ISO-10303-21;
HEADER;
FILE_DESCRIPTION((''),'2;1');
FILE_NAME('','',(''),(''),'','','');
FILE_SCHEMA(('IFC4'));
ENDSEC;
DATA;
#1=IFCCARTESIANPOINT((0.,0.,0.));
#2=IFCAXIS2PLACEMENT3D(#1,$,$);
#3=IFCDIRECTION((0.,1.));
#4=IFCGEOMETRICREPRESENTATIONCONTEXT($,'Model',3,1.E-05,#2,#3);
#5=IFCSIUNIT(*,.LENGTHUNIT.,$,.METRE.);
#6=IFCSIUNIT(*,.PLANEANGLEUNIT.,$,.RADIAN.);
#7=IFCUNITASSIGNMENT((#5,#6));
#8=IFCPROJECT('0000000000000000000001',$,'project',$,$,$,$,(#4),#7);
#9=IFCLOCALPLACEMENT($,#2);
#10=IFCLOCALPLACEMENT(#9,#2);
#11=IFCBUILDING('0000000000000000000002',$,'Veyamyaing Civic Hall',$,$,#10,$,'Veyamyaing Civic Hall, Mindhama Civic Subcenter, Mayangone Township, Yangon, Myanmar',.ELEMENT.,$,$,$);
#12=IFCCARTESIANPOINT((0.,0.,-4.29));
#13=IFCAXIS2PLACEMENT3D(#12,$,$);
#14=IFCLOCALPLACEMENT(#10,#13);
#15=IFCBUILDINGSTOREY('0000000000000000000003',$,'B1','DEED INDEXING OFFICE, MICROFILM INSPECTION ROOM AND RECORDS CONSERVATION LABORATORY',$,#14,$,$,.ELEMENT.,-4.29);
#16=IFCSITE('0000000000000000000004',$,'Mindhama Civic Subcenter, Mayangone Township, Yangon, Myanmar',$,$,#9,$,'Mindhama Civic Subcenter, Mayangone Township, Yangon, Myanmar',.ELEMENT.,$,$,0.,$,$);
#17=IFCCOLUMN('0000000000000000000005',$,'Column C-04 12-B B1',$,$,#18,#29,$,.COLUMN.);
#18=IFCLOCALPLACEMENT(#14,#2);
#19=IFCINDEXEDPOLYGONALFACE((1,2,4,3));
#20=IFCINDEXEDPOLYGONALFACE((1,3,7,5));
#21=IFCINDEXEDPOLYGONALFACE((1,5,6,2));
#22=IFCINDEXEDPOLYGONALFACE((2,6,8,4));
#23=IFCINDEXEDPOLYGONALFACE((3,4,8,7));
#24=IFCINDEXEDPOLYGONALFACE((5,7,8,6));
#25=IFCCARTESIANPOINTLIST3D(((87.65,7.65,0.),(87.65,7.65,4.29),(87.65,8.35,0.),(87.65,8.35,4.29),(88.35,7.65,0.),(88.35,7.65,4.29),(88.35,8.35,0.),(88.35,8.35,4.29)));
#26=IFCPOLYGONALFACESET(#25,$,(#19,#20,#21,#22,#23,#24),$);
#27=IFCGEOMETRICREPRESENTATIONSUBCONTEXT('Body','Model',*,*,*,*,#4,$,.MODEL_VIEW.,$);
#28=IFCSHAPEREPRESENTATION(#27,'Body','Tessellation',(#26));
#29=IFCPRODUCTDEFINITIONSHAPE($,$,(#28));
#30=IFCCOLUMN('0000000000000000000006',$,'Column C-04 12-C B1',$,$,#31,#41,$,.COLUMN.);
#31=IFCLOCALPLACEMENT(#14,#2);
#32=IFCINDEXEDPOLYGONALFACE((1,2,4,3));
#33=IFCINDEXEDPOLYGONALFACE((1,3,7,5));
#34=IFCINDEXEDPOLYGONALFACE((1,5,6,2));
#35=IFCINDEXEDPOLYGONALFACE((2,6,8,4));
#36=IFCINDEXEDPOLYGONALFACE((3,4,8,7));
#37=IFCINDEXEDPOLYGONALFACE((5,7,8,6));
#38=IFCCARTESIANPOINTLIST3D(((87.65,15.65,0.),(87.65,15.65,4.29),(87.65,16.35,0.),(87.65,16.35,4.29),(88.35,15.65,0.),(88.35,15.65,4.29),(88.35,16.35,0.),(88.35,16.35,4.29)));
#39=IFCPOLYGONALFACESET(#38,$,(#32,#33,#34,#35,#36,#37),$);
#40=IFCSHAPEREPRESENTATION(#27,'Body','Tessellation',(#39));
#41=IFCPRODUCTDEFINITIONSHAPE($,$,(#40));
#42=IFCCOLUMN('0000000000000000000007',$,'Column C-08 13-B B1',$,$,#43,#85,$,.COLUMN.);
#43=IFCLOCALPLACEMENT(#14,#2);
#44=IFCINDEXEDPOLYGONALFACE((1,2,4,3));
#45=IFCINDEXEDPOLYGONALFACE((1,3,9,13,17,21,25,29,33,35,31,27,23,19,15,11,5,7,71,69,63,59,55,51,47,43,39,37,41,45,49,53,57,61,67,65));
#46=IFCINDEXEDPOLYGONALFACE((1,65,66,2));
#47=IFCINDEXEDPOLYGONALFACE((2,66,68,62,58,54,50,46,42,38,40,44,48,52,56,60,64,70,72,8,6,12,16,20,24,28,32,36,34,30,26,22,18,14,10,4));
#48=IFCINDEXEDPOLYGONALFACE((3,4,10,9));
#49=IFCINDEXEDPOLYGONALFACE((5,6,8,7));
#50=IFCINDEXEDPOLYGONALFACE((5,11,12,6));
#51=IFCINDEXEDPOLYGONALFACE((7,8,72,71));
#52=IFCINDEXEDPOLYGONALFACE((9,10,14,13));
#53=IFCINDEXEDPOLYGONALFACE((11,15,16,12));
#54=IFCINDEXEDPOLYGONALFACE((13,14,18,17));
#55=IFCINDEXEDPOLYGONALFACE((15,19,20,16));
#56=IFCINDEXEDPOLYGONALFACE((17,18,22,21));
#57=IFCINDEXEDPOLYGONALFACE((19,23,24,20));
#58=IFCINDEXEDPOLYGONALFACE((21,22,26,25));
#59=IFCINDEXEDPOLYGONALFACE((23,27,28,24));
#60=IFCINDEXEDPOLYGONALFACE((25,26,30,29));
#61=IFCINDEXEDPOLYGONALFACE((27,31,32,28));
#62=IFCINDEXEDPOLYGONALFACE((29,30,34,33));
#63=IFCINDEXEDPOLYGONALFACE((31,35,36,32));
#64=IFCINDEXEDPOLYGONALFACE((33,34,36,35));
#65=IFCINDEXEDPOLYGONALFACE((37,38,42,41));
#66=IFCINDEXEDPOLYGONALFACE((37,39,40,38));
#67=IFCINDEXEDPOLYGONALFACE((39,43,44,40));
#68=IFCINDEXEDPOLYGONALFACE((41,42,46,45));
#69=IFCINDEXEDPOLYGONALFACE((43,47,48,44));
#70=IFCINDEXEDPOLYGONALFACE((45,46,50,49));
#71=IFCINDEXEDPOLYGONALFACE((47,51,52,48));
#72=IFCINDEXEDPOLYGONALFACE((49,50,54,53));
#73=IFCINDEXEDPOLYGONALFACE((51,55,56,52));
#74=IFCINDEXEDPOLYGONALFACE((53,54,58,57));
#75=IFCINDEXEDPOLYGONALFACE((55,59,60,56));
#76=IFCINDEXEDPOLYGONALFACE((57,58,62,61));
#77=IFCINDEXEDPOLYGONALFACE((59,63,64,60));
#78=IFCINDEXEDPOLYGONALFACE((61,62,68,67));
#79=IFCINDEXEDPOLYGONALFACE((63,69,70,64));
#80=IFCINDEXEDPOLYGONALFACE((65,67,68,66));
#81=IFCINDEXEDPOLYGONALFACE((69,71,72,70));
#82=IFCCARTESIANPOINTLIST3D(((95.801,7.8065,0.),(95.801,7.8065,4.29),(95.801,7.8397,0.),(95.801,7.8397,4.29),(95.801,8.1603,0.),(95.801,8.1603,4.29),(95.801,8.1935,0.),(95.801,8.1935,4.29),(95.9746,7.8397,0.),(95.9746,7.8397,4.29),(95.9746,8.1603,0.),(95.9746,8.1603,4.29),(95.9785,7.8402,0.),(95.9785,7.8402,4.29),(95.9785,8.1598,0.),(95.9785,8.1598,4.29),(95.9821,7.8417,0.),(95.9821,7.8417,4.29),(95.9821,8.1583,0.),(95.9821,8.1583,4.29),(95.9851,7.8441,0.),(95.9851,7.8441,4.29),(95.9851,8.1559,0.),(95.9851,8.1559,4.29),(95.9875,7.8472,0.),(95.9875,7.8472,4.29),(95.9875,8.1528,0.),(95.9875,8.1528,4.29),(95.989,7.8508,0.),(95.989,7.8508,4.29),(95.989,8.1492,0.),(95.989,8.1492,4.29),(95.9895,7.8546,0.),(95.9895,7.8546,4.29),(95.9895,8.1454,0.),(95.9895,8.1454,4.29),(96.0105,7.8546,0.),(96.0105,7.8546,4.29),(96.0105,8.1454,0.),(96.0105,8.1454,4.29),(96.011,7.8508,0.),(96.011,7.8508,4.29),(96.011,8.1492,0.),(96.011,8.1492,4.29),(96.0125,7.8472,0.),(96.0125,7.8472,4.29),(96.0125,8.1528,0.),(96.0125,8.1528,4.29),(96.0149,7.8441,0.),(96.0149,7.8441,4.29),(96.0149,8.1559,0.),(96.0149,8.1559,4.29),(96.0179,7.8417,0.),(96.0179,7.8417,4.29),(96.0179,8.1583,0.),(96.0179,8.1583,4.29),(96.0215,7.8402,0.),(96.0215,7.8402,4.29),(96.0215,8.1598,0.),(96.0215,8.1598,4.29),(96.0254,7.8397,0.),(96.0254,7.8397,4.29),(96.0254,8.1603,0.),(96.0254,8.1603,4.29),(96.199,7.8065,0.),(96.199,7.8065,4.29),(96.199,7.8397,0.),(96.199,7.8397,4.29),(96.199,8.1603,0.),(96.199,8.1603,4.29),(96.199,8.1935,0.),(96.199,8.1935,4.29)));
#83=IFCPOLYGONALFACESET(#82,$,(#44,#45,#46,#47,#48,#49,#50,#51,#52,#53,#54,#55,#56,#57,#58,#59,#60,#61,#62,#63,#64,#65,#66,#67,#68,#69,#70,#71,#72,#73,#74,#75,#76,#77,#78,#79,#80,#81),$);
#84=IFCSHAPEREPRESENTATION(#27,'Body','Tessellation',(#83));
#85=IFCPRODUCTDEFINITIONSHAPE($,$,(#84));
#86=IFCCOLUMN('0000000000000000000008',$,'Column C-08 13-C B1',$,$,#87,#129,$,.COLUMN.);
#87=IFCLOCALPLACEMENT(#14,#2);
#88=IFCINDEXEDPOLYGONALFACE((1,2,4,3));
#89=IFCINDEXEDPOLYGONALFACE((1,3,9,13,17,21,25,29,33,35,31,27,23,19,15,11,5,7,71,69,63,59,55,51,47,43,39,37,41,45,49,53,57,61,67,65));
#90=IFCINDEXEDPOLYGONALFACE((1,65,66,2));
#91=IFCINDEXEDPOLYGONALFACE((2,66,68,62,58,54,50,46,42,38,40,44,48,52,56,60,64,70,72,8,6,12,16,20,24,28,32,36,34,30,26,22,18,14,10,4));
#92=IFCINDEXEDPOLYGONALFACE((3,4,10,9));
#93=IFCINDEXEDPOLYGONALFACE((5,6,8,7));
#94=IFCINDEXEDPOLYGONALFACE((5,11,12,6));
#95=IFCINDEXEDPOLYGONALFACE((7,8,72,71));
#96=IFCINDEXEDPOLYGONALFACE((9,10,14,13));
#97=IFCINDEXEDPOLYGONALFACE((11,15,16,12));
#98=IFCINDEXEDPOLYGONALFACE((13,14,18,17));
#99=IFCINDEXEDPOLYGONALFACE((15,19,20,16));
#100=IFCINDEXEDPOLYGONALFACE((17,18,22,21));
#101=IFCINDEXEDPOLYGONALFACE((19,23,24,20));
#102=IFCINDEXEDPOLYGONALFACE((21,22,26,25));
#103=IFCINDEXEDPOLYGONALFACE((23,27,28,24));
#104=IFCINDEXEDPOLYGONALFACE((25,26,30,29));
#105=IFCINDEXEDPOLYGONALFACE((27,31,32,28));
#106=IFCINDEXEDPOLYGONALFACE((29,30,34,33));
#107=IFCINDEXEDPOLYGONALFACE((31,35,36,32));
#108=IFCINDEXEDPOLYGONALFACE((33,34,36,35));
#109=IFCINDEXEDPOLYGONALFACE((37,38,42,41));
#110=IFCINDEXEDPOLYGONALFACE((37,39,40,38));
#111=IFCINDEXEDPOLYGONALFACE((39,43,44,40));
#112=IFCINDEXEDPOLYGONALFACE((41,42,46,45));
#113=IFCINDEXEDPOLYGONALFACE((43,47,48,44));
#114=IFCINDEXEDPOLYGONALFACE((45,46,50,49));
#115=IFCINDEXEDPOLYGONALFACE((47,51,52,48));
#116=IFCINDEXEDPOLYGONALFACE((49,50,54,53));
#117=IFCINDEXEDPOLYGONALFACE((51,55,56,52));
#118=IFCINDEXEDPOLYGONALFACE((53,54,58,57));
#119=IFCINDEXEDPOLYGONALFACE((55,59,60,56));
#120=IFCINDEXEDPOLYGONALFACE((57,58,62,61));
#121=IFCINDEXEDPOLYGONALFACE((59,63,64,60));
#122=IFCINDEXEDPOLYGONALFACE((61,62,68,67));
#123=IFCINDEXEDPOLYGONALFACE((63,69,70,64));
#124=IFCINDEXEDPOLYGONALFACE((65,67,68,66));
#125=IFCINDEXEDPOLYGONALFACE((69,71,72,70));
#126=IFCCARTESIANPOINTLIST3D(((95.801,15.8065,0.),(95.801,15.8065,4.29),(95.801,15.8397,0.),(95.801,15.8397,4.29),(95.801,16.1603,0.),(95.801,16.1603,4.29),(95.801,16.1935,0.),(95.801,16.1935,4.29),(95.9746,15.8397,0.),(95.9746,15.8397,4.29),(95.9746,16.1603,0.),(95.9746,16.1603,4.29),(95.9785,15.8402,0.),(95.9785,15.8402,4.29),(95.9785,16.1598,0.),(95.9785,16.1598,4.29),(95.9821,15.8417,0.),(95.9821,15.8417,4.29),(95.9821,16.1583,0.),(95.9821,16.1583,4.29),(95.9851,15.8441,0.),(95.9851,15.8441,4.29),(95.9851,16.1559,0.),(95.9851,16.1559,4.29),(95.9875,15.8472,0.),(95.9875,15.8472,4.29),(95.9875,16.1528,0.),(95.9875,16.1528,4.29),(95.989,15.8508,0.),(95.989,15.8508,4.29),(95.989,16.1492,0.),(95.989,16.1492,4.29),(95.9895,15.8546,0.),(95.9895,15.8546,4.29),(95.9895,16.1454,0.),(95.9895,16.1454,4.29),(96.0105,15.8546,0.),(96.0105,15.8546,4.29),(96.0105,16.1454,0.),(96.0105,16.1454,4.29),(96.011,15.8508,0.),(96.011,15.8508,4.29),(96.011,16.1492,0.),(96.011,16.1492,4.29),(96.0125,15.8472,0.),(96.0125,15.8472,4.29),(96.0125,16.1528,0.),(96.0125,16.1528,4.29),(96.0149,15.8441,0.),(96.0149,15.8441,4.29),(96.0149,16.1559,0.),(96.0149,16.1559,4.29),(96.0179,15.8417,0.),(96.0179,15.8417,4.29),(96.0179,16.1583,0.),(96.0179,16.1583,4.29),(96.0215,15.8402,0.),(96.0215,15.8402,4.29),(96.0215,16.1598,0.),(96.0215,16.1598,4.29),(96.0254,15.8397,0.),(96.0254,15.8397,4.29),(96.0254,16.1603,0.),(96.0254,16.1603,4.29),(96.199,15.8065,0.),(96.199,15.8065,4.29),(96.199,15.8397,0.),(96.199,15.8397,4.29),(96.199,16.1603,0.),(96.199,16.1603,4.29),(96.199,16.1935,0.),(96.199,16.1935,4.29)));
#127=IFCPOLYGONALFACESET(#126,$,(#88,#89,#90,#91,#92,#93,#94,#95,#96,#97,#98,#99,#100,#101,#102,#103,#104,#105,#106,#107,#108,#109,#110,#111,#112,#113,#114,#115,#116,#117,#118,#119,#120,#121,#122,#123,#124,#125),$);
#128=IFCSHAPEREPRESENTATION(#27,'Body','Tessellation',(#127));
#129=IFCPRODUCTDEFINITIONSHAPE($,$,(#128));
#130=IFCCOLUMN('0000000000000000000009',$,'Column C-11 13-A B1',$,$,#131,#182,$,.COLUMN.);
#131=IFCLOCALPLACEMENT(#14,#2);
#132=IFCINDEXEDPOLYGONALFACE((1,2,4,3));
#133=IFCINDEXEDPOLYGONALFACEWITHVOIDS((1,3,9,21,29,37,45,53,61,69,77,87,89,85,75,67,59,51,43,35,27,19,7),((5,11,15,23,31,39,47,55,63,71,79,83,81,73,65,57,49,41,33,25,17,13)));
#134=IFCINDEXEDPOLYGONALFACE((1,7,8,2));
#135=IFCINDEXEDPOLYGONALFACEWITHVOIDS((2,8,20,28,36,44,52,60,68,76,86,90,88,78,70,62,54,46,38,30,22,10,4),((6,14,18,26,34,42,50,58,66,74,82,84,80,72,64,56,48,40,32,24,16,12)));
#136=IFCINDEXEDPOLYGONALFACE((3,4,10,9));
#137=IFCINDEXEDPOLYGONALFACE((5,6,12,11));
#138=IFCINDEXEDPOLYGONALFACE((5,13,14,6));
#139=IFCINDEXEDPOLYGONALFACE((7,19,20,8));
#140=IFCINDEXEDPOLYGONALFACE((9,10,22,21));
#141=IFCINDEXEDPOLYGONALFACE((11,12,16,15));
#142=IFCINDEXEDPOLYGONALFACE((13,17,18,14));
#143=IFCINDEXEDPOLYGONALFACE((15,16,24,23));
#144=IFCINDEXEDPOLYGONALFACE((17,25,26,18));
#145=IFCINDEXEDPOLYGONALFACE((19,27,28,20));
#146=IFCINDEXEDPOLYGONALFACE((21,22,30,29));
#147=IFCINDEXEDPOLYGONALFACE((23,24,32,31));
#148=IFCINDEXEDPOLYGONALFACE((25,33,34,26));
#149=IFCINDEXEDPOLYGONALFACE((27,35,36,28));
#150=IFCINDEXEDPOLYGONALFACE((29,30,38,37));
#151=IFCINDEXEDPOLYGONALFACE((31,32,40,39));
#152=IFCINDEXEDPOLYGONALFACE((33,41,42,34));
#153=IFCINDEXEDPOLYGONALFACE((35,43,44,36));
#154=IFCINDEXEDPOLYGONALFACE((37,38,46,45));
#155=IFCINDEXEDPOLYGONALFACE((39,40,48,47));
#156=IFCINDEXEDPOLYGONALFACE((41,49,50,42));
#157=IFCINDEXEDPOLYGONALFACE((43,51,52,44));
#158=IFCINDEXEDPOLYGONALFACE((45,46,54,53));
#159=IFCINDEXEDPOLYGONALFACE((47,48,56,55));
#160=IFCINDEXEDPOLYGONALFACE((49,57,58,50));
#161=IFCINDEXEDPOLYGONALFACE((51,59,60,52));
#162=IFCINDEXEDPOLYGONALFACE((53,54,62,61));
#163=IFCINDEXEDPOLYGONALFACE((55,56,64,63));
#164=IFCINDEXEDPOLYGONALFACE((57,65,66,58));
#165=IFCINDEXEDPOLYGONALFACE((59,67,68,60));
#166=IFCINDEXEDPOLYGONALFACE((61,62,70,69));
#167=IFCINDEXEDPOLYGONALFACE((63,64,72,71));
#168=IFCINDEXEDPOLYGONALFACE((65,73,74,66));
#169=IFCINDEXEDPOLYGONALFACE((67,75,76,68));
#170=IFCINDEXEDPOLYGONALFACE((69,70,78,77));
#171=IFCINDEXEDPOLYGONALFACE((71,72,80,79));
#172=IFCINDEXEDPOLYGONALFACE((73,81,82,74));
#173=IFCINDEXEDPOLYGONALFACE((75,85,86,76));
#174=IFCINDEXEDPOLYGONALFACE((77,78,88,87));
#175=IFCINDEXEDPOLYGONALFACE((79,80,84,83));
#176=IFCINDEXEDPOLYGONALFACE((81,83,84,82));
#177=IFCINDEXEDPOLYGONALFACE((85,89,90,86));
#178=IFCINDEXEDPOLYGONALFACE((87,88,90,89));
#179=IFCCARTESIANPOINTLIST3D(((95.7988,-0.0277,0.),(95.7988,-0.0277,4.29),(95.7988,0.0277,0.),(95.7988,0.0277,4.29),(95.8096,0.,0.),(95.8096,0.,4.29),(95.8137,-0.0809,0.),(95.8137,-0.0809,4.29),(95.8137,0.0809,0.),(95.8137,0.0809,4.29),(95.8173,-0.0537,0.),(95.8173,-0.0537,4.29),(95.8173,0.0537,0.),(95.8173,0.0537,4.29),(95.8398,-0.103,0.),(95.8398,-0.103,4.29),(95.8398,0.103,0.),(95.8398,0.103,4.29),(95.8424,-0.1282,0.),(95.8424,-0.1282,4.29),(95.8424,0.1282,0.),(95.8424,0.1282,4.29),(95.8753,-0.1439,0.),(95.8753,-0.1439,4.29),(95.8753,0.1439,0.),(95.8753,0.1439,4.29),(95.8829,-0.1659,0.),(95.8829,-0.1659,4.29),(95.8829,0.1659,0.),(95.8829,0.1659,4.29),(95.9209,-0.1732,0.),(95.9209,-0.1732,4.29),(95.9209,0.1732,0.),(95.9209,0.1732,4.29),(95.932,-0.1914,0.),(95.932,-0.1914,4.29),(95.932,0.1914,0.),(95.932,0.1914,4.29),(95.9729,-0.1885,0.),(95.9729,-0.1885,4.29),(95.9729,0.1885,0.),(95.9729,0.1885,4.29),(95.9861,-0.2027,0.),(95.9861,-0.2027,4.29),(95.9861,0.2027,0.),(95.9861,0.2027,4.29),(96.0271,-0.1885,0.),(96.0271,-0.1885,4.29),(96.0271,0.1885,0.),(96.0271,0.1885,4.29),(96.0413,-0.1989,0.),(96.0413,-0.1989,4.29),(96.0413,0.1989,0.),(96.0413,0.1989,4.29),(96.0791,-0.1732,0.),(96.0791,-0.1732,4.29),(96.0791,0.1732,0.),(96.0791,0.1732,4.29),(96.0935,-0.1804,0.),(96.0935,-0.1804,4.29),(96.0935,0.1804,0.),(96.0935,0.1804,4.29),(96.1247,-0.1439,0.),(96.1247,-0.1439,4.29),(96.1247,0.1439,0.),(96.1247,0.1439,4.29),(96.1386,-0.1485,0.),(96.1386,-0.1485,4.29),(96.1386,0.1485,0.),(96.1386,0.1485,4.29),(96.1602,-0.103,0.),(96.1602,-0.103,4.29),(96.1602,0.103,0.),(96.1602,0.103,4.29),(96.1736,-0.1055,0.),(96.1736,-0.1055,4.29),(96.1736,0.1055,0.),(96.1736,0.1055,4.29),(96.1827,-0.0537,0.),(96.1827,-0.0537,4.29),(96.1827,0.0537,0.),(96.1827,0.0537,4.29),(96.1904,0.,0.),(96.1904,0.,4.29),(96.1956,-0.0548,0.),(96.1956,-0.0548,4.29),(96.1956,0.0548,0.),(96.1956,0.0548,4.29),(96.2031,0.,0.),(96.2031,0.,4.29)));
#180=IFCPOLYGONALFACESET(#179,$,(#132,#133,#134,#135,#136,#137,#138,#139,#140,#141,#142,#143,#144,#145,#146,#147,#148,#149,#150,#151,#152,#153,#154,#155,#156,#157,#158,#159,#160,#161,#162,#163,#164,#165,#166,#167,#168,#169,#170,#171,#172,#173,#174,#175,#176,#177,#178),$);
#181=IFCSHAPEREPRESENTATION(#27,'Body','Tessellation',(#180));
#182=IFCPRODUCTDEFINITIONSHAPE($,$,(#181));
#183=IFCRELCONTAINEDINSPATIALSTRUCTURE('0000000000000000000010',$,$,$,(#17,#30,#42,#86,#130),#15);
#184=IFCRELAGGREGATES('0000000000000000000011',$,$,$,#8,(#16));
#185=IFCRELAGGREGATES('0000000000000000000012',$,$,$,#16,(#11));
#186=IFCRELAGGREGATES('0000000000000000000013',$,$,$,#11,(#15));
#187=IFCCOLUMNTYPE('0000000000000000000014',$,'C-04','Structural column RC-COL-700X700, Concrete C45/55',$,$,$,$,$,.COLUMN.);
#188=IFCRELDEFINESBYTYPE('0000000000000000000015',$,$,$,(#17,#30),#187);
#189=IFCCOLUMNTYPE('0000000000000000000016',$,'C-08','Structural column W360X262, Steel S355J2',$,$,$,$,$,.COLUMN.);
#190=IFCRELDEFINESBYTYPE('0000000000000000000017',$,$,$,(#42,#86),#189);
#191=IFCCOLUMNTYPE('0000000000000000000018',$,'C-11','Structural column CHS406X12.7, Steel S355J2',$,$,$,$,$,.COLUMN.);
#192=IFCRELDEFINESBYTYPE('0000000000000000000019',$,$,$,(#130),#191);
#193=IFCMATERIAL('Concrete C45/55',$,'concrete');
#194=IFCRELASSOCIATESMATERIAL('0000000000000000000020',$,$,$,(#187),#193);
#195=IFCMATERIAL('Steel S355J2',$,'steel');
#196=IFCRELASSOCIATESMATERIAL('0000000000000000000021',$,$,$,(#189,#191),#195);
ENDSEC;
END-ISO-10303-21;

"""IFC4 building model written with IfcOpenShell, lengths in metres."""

from ifc_helpers import new_model, si_unit, direction, frame, origin, origin_2d, place, context, subcontext, project, spatial, rectangle, hollow_circle, i_section, extrude, material, material_profile, profile_set, type_object, element, save


model = new_model("IFC4")

# Units and contexts
model_context = context("Model", 3, precision=1e-05, world=origin(), true_north=direction((0.0, 1.0)))
body_context = subcontext(model_context, "Body", "Model", "MODEL_VIEW")
ifc_project = project(units=[si_unit("LENGTHUNIT", "METRE"), si_unit("PLANEANGLEUNIT", "RADIAN")], contexts=[model_context])

# Site, building, storey
site_placement = place(None, origin())
site = spatial("IfcSite", under=ifc_project, at=site_placement, Name="Mindhama Civic Subcenter, Mayangone Township, Yangon, Myanmar", LongName="Mindhama Civic Subcenter, Mayangone Township, Yangon, Myanmar", CompositionType="ELEMENT", RefElevation=0.0)
building_placement = place(site_placement, origin())
building = spatial("IfcBuilding", under=site, at=building_placement, Name="Veyamyaing Civic Hall", LongName="Veyamyaing Civic Hall, Mindhama Civic Subcenter, Mayangone Township, Yangon, Myanmar", CompositionType="ELEMENT")
storey_placement = place(building_placement, frame((0.0, 0.0, -4.29)))
storey = spatial("IfcBuildingStorey", under=building, at=storey_placement, Name="B1", Description="DEED INDEXING OFFICE, MICROFILM INSPECTION ROOM AND RECORDS CONSERVATION LABORATORY", CompositionType="ELEMENT", Elevation=-4.29)

# Columns
ifc_material_1 = material(Name="Concrete C45/55", Category="concrete")
ifc_material_profile_1 = material_profile(ifc_material_1, rectangle(XDim=0.7, YDim=0.7, at=origin_2d()), Name="RC-COL-700X700")
ifc_profile_set_1 = profile_set([ifc_material_profile_1], Name="Concrete C45/55")
column_type_1 = type_object("IfcColumnType", Name="C-04", Description="Structural column RC-COL-700X700, Concrete C45/55", PredefinedType="COLUMN", material=ifc_profile_set_1)
for number, where, z_axis, x_axis, name in (
    (1, (88.0, 8.0, 0.0), (0.0, 0.0, 1.0), (1.0, 0.0, 0.0), "Column C-04 12-B B1"),
    (2, (88.0, 16.0, 0.0), (0.0, 0.0, 1.0), (1.0, 0.0, 0.0), "Column C-04 12-C B1"),
):
    element("IfcColumn", number, at=place(storey_placement, frame(where, z_axis=z_axis, x_axis=x_axis)), inside=storey, type_object=column_type_1, Name=name, PredefinedType="COLUMN", context=body_context, shape_type="SweptSolid", body=[
        extrude(rectangle(XDim=0.7, YDim=0.7, at=origin_2d()), origin(), (0.0, 0.0, 1.0), 4.29),
    ])
ifc_material_2 = material(Name="Steel S355J2", Category="steel")
ifc_material_profile_2 = material_profile(ifc_material_2, i_section(OverallWidth=0.3979, OverallDepth=0.387, WebThickness=0.021, FlangeThickness=0.0332, FilletRadius=0.0149, at=origin_2d()), Name="W360X262")
ifc_profile_set_2 = profile_set([ifc_material_profile_2], Name="Steel S355J2")
column_type_2 = type_object("IfcColumnType", Name="C-08", Description="Structural column W360X262, Steel S355J2", PredefinedType="COLUMN", material=ifc_profile_set_2)
for number, where, z_axis, x_axis, name in (
    (3, (96.0, 8.0, 0.0), (0.0, 0.0, 1.0), (1.0, 0.0, 0.0), "Column C-08 13-B B1"),
    (4, (96.0, 16.0, 0.0), (0.0, 0.0, 1.0), (1.0, 0.0, 0.0), "Column C-08 13-C B1"),
):
    element("IfcColumn", number, at=place(storey_placement, frame(where, z_axis=z_axis, x_axis=x_axis)), inside=storey, type_object=column_type_2, Name=name, PredefinedType="COLUMN", context=body_context, shape_type="SweptSolid", body=[
        extrude(i_section(OverallWidth=0.3979, OverallDepth=0.387, WebThickness=0.021, FlangeThickness=0.0332, FilletRadius=0.0149, at=origin_2d()), origin(), (0.0, 0.0, 1.0), 4.29),
    ])
ifc_material_profile_3 = material_profile(ifc_material_2, hollow_circle(Radius=0.2031, WallThickness=0.0127, at=origin_2d()), Name="CHS406X12.7")
ifc_profile_set_3 = profile_set([ifc_material_profile_3], Name="Steel S355J2")
column_type_3 = type_object("IfcColumnType", Name="C-11", Description="Structural column CHS406X12.7, Steel S355J2", PredefinedType="COLUMN", material=ifc_profile_set_3)
for number, where, z_axis, x_axis, name in (
    (5, (96.0, 0.0, 0.0), (0.0, 0.0, 1.0), (1.0, 0.0, 0.0), "Column C-11 13-A B1"),
):
    element("IfcColumn", number, at=place(storey_placement, frame(where, z_axis=z_axis, x_axis=x_axis)), inside=storey, type_object=column_type_3, Name=name, PredefinedType="COLUMN", context=body_context, shape_type="SweptSolid", body=[
        extrude(hollow_circle(Radius=0.2031, WallThickness=0.0127, at=origin_2d()), origin(), (0.0, 0.0, 1.0), 4.29),
    ])

save(model, "model.ifc")
